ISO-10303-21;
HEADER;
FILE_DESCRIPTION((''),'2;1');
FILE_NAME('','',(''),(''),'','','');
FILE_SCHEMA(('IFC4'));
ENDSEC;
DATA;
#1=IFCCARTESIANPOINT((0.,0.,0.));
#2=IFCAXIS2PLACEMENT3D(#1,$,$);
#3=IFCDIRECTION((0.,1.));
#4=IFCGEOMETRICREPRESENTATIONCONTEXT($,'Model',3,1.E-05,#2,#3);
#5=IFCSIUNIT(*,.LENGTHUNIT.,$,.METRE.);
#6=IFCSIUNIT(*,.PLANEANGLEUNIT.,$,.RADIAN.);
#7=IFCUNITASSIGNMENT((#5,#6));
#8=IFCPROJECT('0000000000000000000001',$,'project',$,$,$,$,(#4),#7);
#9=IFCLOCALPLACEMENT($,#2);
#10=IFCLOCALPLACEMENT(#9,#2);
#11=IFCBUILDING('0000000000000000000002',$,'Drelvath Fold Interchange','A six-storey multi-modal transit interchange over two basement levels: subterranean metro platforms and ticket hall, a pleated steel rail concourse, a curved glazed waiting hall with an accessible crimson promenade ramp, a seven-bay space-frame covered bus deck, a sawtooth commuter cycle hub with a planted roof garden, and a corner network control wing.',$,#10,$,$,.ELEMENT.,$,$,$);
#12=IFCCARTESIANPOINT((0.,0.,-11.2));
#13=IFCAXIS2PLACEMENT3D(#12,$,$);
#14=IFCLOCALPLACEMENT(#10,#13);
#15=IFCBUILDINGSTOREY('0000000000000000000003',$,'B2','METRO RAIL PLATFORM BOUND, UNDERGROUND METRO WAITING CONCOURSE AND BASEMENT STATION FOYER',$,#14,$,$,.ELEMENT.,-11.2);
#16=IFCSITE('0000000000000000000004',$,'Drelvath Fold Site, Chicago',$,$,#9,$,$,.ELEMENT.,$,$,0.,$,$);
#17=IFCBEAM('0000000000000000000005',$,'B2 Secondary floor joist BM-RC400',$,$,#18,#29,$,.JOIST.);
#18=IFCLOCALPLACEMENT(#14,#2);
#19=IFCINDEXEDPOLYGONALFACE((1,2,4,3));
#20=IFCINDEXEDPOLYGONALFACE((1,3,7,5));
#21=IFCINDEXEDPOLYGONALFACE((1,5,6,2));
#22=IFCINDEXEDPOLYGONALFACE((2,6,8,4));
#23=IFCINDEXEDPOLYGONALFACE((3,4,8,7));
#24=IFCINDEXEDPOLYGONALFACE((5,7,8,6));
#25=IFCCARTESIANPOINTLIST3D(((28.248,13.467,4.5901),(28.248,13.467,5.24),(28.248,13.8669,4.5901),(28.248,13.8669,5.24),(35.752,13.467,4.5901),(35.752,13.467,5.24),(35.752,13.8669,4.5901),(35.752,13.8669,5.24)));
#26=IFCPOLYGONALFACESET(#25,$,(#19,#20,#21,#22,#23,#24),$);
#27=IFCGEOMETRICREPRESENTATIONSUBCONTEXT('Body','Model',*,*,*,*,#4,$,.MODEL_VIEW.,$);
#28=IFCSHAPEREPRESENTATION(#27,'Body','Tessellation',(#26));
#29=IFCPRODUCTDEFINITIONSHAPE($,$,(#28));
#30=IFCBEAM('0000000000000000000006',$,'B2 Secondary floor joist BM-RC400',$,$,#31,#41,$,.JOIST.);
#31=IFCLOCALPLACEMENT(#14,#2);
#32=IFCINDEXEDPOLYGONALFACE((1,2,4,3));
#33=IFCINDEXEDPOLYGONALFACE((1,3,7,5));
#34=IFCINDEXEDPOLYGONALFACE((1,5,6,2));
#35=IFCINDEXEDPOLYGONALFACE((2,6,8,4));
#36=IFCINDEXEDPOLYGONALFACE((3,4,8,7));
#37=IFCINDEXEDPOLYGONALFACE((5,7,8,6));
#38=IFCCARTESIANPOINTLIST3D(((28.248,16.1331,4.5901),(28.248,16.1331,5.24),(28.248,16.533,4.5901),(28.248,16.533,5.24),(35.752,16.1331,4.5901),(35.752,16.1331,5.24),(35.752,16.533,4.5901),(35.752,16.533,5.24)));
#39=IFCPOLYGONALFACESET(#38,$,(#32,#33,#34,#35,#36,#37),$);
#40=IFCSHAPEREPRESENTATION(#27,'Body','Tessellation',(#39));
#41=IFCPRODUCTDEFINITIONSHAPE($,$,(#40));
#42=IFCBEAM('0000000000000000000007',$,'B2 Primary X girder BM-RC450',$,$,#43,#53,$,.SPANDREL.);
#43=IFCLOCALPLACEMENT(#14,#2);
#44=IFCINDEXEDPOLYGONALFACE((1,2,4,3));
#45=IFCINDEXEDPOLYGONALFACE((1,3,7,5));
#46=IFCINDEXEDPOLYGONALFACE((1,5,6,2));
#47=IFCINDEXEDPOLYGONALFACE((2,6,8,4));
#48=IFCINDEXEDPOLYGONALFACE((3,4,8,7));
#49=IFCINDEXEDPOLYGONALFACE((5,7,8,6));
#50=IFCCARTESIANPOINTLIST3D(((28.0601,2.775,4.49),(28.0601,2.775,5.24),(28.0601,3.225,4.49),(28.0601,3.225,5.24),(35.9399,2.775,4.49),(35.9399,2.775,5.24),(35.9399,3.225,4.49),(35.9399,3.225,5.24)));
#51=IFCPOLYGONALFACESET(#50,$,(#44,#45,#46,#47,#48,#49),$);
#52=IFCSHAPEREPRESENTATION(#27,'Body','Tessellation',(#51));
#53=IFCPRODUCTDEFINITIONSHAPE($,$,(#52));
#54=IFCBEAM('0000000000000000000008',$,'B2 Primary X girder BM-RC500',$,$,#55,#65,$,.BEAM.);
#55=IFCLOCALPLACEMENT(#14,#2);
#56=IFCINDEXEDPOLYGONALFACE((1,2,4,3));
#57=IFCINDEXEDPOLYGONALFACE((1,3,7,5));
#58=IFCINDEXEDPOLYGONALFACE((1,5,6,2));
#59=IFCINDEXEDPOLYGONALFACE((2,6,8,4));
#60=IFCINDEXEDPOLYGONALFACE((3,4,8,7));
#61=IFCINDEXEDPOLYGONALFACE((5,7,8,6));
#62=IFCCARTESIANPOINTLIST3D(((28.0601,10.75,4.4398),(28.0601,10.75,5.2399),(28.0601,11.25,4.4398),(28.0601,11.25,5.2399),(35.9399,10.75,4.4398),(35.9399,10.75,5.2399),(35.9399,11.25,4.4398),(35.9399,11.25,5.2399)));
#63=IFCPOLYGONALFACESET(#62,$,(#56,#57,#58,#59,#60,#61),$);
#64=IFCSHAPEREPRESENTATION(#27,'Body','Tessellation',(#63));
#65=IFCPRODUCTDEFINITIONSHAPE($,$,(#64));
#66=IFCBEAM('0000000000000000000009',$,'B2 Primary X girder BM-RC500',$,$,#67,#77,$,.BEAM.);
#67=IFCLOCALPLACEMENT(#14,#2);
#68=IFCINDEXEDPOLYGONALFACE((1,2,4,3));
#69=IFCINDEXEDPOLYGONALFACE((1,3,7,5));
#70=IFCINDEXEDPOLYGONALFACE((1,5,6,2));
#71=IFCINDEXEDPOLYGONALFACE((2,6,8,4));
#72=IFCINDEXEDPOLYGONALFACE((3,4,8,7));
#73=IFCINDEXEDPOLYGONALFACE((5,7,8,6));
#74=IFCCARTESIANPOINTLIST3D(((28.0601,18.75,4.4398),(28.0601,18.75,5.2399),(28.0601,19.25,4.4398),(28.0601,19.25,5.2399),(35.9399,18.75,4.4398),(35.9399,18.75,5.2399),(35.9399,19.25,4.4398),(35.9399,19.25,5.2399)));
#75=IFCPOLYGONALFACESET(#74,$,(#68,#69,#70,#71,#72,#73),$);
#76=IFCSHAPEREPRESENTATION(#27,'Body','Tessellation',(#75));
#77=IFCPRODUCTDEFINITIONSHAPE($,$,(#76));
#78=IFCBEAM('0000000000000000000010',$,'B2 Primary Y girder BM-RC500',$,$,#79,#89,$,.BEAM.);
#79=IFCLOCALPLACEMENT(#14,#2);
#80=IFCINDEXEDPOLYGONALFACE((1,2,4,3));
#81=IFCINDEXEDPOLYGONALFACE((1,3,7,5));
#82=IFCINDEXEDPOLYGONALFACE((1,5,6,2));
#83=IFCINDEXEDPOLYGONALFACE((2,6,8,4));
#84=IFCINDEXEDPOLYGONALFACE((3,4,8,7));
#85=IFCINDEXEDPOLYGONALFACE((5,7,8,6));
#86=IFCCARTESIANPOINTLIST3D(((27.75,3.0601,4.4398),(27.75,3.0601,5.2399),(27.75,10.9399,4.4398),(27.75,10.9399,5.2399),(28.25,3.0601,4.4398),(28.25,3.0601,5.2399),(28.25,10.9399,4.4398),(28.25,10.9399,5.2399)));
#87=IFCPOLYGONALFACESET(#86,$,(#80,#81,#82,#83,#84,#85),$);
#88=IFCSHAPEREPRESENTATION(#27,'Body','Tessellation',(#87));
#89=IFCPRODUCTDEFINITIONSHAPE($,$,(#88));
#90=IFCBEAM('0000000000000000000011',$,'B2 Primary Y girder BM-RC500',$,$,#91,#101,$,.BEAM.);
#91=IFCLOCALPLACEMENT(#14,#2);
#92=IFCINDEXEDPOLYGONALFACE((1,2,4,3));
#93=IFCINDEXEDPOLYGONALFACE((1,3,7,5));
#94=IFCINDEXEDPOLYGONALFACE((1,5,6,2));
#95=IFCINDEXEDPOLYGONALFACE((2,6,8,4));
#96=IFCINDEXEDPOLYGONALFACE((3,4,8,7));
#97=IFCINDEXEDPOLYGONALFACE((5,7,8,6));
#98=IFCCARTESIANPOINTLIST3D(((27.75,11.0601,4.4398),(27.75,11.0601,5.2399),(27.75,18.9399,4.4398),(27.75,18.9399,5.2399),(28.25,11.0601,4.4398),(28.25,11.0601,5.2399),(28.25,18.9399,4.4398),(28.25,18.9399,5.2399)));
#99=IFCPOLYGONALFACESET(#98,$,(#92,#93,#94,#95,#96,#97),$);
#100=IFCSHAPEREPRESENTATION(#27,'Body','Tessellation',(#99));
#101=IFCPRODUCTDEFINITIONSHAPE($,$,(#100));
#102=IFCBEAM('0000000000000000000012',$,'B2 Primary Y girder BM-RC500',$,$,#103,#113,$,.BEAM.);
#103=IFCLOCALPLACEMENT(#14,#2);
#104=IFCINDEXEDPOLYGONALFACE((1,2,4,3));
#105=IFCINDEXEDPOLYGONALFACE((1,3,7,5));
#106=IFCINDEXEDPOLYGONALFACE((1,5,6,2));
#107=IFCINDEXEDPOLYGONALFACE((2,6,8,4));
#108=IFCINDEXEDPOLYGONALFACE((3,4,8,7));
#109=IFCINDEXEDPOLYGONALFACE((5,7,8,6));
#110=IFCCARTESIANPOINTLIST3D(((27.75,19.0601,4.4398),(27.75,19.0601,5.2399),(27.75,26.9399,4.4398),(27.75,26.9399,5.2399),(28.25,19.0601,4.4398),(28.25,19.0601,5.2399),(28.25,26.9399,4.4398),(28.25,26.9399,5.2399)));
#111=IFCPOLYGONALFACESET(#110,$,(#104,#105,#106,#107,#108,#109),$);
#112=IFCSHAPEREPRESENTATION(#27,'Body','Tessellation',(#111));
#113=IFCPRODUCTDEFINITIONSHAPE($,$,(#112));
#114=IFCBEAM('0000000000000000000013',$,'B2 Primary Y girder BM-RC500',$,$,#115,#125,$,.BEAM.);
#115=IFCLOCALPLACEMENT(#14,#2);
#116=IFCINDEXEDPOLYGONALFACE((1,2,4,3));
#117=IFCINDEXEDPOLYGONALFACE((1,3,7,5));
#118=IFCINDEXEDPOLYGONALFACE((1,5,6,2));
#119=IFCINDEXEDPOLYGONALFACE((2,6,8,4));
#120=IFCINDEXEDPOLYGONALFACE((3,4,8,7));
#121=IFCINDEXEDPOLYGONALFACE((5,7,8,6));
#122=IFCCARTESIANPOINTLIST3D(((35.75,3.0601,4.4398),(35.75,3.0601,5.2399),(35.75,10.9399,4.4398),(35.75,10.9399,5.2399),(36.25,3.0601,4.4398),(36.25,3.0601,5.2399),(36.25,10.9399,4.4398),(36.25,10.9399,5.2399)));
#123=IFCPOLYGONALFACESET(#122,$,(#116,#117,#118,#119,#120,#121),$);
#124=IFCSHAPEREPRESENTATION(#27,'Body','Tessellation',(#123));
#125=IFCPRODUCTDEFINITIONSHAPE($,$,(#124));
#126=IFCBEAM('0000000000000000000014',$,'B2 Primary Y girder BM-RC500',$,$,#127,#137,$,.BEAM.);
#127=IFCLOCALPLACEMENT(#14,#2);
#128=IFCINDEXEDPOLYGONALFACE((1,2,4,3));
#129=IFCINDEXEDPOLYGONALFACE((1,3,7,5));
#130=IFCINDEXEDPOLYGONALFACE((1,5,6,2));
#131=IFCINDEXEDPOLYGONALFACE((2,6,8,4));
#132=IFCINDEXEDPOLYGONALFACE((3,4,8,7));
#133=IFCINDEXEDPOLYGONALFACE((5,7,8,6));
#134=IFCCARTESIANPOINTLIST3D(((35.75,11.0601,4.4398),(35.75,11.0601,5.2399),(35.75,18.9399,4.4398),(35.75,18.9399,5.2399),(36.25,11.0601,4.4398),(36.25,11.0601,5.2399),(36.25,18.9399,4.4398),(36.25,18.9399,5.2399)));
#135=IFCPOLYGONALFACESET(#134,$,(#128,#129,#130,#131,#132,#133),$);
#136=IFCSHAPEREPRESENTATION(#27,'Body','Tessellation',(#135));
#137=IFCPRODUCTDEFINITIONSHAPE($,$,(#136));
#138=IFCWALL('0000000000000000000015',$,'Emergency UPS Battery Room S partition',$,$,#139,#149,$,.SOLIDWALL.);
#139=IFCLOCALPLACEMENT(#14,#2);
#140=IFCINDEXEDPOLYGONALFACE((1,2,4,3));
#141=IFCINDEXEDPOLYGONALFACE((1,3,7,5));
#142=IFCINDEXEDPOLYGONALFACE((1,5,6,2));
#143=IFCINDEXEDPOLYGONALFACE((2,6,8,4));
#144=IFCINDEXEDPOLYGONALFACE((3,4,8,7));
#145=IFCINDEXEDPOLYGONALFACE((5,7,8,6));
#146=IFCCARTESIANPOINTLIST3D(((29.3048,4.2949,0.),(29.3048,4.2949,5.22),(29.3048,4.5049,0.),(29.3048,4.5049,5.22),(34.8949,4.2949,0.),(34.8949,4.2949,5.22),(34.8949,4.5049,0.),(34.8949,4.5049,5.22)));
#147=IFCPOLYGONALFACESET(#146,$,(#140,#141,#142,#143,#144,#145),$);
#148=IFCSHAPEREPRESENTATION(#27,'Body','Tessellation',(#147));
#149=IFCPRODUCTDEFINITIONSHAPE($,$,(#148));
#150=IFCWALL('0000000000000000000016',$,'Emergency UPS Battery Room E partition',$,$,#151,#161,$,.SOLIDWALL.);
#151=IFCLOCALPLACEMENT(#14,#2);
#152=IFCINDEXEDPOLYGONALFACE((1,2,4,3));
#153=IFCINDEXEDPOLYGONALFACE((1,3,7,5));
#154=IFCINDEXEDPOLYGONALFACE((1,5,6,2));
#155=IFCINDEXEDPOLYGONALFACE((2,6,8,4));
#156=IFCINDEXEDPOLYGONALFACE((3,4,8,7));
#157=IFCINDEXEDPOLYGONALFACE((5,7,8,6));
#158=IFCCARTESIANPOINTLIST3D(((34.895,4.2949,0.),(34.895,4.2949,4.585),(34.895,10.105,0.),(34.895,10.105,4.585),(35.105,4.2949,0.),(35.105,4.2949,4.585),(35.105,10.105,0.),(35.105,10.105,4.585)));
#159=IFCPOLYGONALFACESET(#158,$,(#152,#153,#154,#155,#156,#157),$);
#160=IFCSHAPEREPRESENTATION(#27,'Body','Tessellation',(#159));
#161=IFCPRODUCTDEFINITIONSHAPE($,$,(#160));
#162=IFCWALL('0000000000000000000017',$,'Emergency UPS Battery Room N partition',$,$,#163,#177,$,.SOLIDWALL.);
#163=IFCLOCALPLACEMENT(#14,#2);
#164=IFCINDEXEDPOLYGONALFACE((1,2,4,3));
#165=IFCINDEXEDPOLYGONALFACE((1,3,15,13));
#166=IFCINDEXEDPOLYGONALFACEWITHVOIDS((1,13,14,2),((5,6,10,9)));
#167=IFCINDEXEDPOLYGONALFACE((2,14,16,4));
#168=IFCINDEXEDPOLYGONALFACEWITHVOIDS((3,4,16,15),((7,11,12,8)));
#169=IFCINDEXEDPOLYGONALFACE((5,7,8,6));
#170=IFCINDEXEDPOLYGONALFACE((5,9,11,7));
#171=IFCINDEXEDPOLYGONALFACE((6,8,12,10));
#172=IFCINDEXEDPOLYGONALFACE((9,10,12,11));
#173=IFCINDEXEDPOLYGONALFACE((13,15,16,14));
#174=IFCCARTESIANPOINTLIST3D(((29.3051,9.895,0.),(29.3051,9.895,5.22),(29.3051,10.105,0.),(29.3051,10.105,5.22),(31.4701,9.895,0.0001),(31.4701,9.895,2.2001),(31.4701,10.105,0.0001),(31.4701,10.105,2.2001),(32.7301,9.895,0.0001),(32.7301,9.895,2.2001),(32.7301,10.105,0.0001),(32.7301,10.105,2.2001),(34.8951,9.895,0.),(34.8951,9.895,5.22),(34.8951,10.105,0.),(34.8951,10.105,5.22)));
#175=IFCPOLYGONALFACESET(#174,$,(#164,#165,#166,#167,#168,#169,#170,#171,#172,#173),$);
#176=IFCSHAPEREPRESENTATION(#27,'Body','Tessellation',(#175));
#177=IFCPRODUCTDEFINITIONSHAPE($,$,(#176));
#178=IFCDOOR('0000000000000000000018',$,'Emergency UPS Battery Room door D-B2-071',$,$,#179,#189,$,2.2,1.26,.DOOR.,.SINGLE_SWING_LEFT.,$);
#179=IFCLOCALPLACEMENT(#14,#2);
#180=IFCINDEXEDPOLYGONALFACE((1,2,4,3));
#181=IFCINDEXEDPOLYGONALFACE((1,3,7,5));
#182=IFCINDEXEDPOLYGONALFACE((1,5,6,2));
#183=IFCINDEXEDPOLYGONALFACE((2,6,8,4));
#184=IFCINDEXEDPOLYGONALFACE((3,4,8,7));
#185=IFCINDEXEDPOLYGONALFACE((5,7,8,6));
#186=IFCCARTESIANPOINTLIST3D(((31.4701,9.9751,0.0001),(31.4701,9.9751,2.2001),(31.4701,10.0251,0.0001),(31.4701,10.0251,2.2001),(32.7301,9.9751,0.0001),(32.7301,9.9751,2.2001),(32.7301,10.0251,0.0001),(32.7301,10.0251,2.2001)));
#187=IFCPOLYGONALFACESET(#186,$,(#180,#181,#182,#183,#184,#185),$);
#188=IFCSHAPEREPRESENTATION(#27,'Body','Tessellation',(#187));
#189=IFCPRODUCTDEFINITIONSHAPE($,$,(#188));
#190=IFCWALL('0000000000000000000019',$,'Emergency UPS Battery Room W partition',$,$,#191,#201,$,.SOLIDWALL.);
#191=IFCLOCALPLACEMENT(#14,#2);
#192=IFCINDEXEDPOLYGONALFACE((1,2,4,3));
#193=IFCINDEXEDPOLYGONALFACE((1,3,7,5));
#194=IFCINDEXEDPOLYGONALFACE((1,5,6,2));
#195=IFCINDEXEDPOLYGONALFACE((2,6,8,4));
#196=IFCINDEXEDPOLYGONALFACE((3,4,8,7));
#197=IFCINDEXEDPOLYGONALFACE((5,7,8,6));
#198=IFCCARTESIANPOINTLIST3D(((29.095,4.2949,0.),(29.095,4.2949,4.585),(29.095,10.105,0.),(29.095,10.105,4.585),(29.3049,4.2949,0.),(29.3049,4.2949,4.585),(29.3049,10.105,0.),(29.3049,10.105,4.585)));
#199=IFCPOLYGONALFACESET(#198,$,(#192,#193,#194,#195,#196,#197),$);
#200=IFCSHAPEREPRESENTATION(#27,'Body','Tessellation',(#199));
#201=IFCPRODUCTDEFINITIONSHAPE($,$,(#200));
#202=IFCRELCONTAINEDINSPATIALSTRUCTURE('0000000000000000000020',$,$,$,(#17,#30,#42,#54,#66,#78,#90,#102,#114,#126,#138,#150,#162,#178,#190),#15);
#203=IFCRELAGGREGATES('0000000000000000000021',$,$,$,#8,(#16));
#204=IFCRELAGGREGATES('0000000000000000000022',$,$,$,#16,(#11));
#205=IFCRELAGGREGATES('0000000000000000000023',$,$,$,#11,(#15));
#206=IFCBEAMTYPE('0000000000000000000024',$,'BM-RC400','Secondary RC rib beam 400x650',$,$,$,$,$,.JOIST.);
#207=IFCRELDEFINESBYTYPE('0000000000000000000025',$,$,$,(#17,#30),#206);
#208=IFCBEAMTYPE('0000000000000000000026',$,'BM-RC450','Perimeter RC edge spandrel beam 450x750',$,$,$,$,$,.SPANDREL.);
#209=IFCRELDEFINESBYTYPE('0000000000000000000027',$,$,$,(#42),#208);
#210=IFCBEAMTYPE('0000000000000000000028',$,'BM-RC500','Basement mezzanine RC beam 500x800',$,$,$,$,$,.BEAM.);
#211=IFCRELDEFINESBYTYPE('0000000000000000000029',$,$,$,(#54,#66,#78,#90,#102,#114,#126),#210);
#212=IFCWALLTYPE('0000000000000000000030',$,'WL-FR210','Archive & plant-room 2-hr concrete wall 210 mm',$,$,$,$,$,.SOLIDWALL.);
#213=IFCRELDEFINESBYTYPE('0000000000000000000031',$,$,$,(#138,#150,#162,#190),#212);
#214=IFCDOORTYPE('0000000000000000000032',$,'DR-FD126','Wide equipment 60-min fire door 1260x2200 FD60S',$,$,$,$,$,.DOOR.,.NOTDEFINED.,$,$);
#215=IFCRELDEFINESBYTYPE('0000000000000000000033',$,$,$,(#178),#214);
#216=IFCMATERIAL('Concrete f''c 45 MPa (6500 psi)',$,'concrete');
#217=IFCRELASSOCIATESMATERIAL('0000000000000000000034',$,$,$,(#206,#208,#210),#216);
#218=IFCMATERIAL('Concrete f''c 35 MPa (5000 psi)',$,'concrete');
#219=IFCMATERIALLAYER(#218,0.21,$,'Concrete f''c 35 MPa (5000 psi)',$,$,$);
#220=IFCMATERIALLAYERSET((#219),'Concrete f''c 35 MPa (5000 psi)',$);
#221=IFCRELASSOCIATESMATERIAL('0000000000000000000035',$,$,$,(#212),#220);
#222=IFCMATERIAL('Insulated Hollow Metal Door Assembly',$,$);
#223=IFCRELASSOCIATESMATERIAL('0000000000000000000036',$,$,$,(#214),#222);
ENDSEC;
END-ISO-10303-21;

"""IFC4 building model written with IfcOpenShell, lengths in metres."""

from ifc_helpers import new_model, si_unit, direction, frame, frame_2d, origin, origin_2d, place, context, subcontext, project, spatial, rectangle, extrude, material, layer, layer_set, material_profile, profile_set, type_object, element, fill, save


model = new_model("IFC4")

# Units and contexts
model_context = context("Model", 3, precision=1e-05, world=origin(), true_north=direction((0.0, 1.0)))
body_context = subcontext(model_context, "Body", "Model", "MODEL_VIEW")
ifc_project = project(units=[si_unit("LENGTHUNIT", "METRE"), si_unit("PLANEANGLEUNIT", "RADIAN")], contexts=[model_context])

# Site, building, storey
site_placement = place(None, origin())
site = spatial("IfcSite", under=ifc_project, at=site_placement, Name="Drelvath Fold Site, Chicago", CompositionType="ELEMENT", RefElevation=0.0)
building_placement = place(site_placement, origin())
building = spatial("IfcBuilding", under=site, at=building_placement, Name="Drelvath Fold Interchange", Description="A six-storey multi-modal transit interchange over two basement levels: subterranean metro platforms and ticket hall, a pleated steel rail concourse, a curved glazed waiting hall with an accessible crimson promenade ramp, a seven-bay space-frame covered bus deck, a sawtooth commuter cycle hub with a planted roof garden, and a corner network control wing.", CompositionType="ELEMENT")
storey_placement = place(building_placement, frame((0.0, 0.0, -11.2)))
storey = spatial("IfcBuildingStorey", under=building, at=storey_placement, Name="B2", Description="METRO RAIL PLATFORM BOUND, UNDERGROUND METRO WAITING CONCOURSE AND BASEMENT STATION FOYER", CompositionType="ELEMENT", Elevation=-11.2)

# Beams
ifc_material_1 = material(Name="Concrete f'c 45 MPa (6500 psi)", Category="concrete")
ifc_material_profile_1 = material_profile(ifc_material_1, rectangle(XDim=0.3999, YDim=0.6499, at=origin_2d()), Name="RC 400x650")
ifc_profile_set_1 = profile_set([ifc_material_profile_1], Name="Concrete f'c 45 MPa (6500 psi)")
beam_type_1 = type_object("IfcBeamType", Name="BM-RC400", Description="Secondary RC rib beam 400x650", PredefinedType="JOIST", material=ifc_profile_set_1)
for number, where, z_axis, x_axis, name in (
    (1, (28.248, 13.667, 4.915), (1.0, 0.0, 0.0), (0.0, 1.0, 0.0), "B2 Secondary floor joist BM-RC400"),
    (2, (28.248, 16.333, 4.915), (1.0, 0.0, 0.0), (0.0, 1.0, 0.0), "B2 Secondary floor joist BM-RC400"),
):
    element("IfcBeam", number, at=place(storey_placement, frame(where, z_axis=z_axis, x_axis=x_axis)), inside=storey, type_object=beam_type_1, Name=name, PredefinedType="JOIST", context=body_context, shape_type="SweptSolid", body=[
        extrude(rectangle(XDim=0.3999, YDim=0.6499, at=origin_2d()), origin(), (0.0, 0.0, 1.0), 7.5039),
    ])
ifc_material_profile_2 = material_profile(ifc_material_1, rectangle(XDim=0.45, YDim=0.75, at=origin_2d()), Name="RC 450x750")
ifc_profile_set_2 = profile_set([ifc_material_profile_2], Name="Concrete f'c 45 MPa (6500 psi)")
beam_type_2 = type_object("IfcBeamType", Name="BM-RC450", Description="Perimeter RC edge spandrel beam 450x750", PredefinedType="SPANDREL", material=ifc_profile_set_2)
beam_placement = place(storey_placement, frame((28.0601, 3.0, 4.865), z_axis=(1.0, 0.0, 0.0), x_axis=(0.0, 1.0, 0.0)))
element("IfcBeam", 3, at=beam_placement, inside=storey, type_object=beam_type_2, Name="B2 Primary X girder BM-RC450", PredefinedType="SPANDREL", context=body_context, shape_type="SweptSolid", body=[
    extrude(rectangle(XDim=0.45, YDim=0.75, at=origin_2d()), origin(), (0.0, 0.0, 1.0), 7.8799),
])
ifc_material_profile_3 = material_profile(ifc_material_1, rectangle(XDim=0.5, YDim=0.8, at=origin_2d()), Name="RC 500x800")
ifc_profile_set_3 = profile_set([ifc_material_profile_3], Name="Concrete f'c 45 MPa (6500 psi)")
beam_type_3 = type_object("IfcBeamType", Name="BM-RC500", Description="Basement mezzanine RC beam 500x800", PredefinedType="BEAM", material=ifc_profile_set_3)
for number, where, z_axis, x_axis, name in (
    (4, (28.0601, 11.0, 4.8398), (1.0, 0.0, 0.0), (0.0, 1.0, 0.0), "B2 Primary X girder BM-RC500"),
    (5, (28.0601, 19.0, 4.8398), (1.0, 0.0, 0.0), (0.0, 1.0, 0.0), "B2 Primary X girder BM-RC500"),
    (6, (28.0, 3.0601, 4.8398), (0.0, 1.0, 0.0), (-1.0, 0.0, 0.0), "B2 Primary Y girder BM-RC500"),
    (7, (28.0, 11.0601, 4.8398), (0.0, 1.0, 0.0), (-1.0, 0.0, 0.0), "B2 Primary Y girder BM-RC500"),
    (8, (28.0, 19.0601, 4.8398), (0.0, 1.0, 0.0), (-1.0, 0.0, 0.0), "B2 Primary Y girder BM-RC500"),
    (9, (36.0, 3.0601, 4.8398), (0.0, 1.0, 0.0), (-1.0, 0.0, 0.0), "B2 Primary Y girder BM-RC500"),
    (10, (36.0, 11.0601, 4.8398), (0.0, 1.0, 0.0), (-1.0, 0.0, 0.0), "B2 Primary Y girder BM-RC500"),
):
    element("IfcBeam", number, at=place(storey_placement, frame(where, z_axis=z_axis, x_axis=x_axis)), inside=storey, type_object=beam_type_3, Name=name, PredefinedType="BEAM", context=body_context, shape_type="SweptSolid", body=[
        extrude(rectangle(XDim=0.5, YDim=0.8, at=origin_2d()), origin(), (0.0, 0.0, 1.0), 7.8799),
    ])

# Shared definitions
ifc_material_2 = material(Name="Insulated Hollow Metal Door Assembly")

# Walls
ifc_material_3 = material(Name="Concrete f'c 35 MPa (5000 psi)", Category="concrete")
ifc_layer_1 = layer(ifc_material_3, 0.21, Name="Concrete f'c 35 MPa (5000 psi)")
ifc_layer_set_1 = layer_set([ifc_layer_1], Name="Concrete f'c 35 MPa (5000 psi)")
wall_type_1 = type_object("IfcWallType", Name="WL-FR210", Description="Archive & plant-room 2-hr concrete wall 210 mm", PredefinedType="SOLIDWALL", material=ifc_layer_set_1)
wall_1_placement = place(storey_placement, frame((29.3049, 4.3999, 0.0), z_axis=(0.0, 0.0, 1.0), x_axis=(1.0, 0.0, 0.0)))
element("IfcWall", 11, at=wall_1_placement, inside=storey, type_object=wall_type_1, Name="Emergency UPS Battery Room S partition", PredefinedType="SOLIDWALL", context=body_context, shape_type="SweptSolid", body=[
    extrude(rectangle(XDim=5.5901, YDim=0.21, at=frame_2d((2.7949, 0.0))), origin(), (0.0, 0.0, 1.0), 5.22),
])
wall_2_placement = place(storey_placement, frame((35.0, 4.2949, 0.0), z_axis=(0.0, 0.0, 1.0), x_axis=(0.0, 1.0, 0.0)))
element("IfcWall", 12, at=wall_2_placement, inside=storey, type_object=wall_type_1, Name="Emergency UPS Battery Room E partition", PredefinedType="SOLIDWALL", context=body_context, shape_type="SweptSolid", body=[
    extrude(rectangle(XDim=5.8101, YDim=0.21, at=frame_2d((2.905, 0.0))), origin(), (0.0, 0.0, 1.0), 4.585),
])

# Wall, opening, door
wall_3_placement = place(storey_placement, frame((34.895, 10.0, 0.0), z_axis=(0.0, 0.0, 1.0), x_axis=(-1.0, 0.0, 0.0)))
wall_3 = element("IfcWall", 13, at=wall_3_placement, inside=storey, type_object=wall_type_1, Name="Emergency UPS Battery Room N partition", PredefinedType="SOLIDWALL", context=body_context, shape_type="SweptSolid", body=[
    extrude(rectangle(XDim=5.5901, YDim=0.21, at=frame_2d((2.7949, 0.0))), origin(), (0.0, 0.0, 1.0), 5.22),
])
opening_1_placement = place(wall_3_placement, frame((2.165, 0.0, 0.0)))
opening_1 = element("IfcOpeningElement", 14, at=opening_1_placement, cuts=wall_3, PredefinedType="OPENING", context=body_context, shape_type="SweptSolid", body=[
    extrude(rectangle(XDim=1.26, YDim=2.2, at=frame_2d((0.6299, 1.1001))), frame((0.0, 0.115, 0.0), z_axis=(0.0, -1.0, 0.0), x_axis=(1.0, 0.0, 0.0)), (0.0, 0.0, 1.0), 0.23),
])
door_type_1 = type_object("IfcDoorType", Name="DR-FD126", Description="Wide equipment 60-min fire door 1260x2200 FD60S", OperationType="NOTDEFINED", PredefinedType="DOOR", material=ifc_material_2)
door_1_placement = place(opening_1_placement, origin())
door_1 = element("IfcDoor", 15, at=door_1_placement, inside=storey, type_object=door_type_1, Name="Emergency UPS Battery Room door D-B2-071", OperationType="SINGLE_SWING_LEFT", OverallHeight=2.2, OverallWidth=1.26, PredefinedType="DOOR", context=body_context, shape_type="SweptSolid", body=[
    extrude(rectangle(XDim=1.26, YDim=2.2, at=frame_2d((0.6299, 1.1001))), frame((0.0, 0.0249, 0.0), z_axis=(0.0, -1.0, 0.0), x_axis=(1.0, 0.0, 0.0)), (0.0, 0.0, 1.0), 0.05),
])
fill(opening_1, door_1)

# Wall
wall_4_placement = place(storey_placement, frame((29.2, 10.105, 0.0), z_axis=(0.0, 0.0, 1.0), x_axis=(0.0, -1.0, 0.0)))
element("IfcWall", 16, at=wall_4_placement, inside=storey, type_object=wall_type_1, Name="Emergency UPS Battery Room W partition", PredefinedType="SOLIDWALL", context=body_context, shape_type="SweptSolid", body=[
    extrude(rectangle(XDim=5.8101, YDim=0.21, at=frame_2d((2.905, 0.0))), origin(), (0.0, 0.0, 1.0), 4.585),
])

save(model, "model.ifc")
